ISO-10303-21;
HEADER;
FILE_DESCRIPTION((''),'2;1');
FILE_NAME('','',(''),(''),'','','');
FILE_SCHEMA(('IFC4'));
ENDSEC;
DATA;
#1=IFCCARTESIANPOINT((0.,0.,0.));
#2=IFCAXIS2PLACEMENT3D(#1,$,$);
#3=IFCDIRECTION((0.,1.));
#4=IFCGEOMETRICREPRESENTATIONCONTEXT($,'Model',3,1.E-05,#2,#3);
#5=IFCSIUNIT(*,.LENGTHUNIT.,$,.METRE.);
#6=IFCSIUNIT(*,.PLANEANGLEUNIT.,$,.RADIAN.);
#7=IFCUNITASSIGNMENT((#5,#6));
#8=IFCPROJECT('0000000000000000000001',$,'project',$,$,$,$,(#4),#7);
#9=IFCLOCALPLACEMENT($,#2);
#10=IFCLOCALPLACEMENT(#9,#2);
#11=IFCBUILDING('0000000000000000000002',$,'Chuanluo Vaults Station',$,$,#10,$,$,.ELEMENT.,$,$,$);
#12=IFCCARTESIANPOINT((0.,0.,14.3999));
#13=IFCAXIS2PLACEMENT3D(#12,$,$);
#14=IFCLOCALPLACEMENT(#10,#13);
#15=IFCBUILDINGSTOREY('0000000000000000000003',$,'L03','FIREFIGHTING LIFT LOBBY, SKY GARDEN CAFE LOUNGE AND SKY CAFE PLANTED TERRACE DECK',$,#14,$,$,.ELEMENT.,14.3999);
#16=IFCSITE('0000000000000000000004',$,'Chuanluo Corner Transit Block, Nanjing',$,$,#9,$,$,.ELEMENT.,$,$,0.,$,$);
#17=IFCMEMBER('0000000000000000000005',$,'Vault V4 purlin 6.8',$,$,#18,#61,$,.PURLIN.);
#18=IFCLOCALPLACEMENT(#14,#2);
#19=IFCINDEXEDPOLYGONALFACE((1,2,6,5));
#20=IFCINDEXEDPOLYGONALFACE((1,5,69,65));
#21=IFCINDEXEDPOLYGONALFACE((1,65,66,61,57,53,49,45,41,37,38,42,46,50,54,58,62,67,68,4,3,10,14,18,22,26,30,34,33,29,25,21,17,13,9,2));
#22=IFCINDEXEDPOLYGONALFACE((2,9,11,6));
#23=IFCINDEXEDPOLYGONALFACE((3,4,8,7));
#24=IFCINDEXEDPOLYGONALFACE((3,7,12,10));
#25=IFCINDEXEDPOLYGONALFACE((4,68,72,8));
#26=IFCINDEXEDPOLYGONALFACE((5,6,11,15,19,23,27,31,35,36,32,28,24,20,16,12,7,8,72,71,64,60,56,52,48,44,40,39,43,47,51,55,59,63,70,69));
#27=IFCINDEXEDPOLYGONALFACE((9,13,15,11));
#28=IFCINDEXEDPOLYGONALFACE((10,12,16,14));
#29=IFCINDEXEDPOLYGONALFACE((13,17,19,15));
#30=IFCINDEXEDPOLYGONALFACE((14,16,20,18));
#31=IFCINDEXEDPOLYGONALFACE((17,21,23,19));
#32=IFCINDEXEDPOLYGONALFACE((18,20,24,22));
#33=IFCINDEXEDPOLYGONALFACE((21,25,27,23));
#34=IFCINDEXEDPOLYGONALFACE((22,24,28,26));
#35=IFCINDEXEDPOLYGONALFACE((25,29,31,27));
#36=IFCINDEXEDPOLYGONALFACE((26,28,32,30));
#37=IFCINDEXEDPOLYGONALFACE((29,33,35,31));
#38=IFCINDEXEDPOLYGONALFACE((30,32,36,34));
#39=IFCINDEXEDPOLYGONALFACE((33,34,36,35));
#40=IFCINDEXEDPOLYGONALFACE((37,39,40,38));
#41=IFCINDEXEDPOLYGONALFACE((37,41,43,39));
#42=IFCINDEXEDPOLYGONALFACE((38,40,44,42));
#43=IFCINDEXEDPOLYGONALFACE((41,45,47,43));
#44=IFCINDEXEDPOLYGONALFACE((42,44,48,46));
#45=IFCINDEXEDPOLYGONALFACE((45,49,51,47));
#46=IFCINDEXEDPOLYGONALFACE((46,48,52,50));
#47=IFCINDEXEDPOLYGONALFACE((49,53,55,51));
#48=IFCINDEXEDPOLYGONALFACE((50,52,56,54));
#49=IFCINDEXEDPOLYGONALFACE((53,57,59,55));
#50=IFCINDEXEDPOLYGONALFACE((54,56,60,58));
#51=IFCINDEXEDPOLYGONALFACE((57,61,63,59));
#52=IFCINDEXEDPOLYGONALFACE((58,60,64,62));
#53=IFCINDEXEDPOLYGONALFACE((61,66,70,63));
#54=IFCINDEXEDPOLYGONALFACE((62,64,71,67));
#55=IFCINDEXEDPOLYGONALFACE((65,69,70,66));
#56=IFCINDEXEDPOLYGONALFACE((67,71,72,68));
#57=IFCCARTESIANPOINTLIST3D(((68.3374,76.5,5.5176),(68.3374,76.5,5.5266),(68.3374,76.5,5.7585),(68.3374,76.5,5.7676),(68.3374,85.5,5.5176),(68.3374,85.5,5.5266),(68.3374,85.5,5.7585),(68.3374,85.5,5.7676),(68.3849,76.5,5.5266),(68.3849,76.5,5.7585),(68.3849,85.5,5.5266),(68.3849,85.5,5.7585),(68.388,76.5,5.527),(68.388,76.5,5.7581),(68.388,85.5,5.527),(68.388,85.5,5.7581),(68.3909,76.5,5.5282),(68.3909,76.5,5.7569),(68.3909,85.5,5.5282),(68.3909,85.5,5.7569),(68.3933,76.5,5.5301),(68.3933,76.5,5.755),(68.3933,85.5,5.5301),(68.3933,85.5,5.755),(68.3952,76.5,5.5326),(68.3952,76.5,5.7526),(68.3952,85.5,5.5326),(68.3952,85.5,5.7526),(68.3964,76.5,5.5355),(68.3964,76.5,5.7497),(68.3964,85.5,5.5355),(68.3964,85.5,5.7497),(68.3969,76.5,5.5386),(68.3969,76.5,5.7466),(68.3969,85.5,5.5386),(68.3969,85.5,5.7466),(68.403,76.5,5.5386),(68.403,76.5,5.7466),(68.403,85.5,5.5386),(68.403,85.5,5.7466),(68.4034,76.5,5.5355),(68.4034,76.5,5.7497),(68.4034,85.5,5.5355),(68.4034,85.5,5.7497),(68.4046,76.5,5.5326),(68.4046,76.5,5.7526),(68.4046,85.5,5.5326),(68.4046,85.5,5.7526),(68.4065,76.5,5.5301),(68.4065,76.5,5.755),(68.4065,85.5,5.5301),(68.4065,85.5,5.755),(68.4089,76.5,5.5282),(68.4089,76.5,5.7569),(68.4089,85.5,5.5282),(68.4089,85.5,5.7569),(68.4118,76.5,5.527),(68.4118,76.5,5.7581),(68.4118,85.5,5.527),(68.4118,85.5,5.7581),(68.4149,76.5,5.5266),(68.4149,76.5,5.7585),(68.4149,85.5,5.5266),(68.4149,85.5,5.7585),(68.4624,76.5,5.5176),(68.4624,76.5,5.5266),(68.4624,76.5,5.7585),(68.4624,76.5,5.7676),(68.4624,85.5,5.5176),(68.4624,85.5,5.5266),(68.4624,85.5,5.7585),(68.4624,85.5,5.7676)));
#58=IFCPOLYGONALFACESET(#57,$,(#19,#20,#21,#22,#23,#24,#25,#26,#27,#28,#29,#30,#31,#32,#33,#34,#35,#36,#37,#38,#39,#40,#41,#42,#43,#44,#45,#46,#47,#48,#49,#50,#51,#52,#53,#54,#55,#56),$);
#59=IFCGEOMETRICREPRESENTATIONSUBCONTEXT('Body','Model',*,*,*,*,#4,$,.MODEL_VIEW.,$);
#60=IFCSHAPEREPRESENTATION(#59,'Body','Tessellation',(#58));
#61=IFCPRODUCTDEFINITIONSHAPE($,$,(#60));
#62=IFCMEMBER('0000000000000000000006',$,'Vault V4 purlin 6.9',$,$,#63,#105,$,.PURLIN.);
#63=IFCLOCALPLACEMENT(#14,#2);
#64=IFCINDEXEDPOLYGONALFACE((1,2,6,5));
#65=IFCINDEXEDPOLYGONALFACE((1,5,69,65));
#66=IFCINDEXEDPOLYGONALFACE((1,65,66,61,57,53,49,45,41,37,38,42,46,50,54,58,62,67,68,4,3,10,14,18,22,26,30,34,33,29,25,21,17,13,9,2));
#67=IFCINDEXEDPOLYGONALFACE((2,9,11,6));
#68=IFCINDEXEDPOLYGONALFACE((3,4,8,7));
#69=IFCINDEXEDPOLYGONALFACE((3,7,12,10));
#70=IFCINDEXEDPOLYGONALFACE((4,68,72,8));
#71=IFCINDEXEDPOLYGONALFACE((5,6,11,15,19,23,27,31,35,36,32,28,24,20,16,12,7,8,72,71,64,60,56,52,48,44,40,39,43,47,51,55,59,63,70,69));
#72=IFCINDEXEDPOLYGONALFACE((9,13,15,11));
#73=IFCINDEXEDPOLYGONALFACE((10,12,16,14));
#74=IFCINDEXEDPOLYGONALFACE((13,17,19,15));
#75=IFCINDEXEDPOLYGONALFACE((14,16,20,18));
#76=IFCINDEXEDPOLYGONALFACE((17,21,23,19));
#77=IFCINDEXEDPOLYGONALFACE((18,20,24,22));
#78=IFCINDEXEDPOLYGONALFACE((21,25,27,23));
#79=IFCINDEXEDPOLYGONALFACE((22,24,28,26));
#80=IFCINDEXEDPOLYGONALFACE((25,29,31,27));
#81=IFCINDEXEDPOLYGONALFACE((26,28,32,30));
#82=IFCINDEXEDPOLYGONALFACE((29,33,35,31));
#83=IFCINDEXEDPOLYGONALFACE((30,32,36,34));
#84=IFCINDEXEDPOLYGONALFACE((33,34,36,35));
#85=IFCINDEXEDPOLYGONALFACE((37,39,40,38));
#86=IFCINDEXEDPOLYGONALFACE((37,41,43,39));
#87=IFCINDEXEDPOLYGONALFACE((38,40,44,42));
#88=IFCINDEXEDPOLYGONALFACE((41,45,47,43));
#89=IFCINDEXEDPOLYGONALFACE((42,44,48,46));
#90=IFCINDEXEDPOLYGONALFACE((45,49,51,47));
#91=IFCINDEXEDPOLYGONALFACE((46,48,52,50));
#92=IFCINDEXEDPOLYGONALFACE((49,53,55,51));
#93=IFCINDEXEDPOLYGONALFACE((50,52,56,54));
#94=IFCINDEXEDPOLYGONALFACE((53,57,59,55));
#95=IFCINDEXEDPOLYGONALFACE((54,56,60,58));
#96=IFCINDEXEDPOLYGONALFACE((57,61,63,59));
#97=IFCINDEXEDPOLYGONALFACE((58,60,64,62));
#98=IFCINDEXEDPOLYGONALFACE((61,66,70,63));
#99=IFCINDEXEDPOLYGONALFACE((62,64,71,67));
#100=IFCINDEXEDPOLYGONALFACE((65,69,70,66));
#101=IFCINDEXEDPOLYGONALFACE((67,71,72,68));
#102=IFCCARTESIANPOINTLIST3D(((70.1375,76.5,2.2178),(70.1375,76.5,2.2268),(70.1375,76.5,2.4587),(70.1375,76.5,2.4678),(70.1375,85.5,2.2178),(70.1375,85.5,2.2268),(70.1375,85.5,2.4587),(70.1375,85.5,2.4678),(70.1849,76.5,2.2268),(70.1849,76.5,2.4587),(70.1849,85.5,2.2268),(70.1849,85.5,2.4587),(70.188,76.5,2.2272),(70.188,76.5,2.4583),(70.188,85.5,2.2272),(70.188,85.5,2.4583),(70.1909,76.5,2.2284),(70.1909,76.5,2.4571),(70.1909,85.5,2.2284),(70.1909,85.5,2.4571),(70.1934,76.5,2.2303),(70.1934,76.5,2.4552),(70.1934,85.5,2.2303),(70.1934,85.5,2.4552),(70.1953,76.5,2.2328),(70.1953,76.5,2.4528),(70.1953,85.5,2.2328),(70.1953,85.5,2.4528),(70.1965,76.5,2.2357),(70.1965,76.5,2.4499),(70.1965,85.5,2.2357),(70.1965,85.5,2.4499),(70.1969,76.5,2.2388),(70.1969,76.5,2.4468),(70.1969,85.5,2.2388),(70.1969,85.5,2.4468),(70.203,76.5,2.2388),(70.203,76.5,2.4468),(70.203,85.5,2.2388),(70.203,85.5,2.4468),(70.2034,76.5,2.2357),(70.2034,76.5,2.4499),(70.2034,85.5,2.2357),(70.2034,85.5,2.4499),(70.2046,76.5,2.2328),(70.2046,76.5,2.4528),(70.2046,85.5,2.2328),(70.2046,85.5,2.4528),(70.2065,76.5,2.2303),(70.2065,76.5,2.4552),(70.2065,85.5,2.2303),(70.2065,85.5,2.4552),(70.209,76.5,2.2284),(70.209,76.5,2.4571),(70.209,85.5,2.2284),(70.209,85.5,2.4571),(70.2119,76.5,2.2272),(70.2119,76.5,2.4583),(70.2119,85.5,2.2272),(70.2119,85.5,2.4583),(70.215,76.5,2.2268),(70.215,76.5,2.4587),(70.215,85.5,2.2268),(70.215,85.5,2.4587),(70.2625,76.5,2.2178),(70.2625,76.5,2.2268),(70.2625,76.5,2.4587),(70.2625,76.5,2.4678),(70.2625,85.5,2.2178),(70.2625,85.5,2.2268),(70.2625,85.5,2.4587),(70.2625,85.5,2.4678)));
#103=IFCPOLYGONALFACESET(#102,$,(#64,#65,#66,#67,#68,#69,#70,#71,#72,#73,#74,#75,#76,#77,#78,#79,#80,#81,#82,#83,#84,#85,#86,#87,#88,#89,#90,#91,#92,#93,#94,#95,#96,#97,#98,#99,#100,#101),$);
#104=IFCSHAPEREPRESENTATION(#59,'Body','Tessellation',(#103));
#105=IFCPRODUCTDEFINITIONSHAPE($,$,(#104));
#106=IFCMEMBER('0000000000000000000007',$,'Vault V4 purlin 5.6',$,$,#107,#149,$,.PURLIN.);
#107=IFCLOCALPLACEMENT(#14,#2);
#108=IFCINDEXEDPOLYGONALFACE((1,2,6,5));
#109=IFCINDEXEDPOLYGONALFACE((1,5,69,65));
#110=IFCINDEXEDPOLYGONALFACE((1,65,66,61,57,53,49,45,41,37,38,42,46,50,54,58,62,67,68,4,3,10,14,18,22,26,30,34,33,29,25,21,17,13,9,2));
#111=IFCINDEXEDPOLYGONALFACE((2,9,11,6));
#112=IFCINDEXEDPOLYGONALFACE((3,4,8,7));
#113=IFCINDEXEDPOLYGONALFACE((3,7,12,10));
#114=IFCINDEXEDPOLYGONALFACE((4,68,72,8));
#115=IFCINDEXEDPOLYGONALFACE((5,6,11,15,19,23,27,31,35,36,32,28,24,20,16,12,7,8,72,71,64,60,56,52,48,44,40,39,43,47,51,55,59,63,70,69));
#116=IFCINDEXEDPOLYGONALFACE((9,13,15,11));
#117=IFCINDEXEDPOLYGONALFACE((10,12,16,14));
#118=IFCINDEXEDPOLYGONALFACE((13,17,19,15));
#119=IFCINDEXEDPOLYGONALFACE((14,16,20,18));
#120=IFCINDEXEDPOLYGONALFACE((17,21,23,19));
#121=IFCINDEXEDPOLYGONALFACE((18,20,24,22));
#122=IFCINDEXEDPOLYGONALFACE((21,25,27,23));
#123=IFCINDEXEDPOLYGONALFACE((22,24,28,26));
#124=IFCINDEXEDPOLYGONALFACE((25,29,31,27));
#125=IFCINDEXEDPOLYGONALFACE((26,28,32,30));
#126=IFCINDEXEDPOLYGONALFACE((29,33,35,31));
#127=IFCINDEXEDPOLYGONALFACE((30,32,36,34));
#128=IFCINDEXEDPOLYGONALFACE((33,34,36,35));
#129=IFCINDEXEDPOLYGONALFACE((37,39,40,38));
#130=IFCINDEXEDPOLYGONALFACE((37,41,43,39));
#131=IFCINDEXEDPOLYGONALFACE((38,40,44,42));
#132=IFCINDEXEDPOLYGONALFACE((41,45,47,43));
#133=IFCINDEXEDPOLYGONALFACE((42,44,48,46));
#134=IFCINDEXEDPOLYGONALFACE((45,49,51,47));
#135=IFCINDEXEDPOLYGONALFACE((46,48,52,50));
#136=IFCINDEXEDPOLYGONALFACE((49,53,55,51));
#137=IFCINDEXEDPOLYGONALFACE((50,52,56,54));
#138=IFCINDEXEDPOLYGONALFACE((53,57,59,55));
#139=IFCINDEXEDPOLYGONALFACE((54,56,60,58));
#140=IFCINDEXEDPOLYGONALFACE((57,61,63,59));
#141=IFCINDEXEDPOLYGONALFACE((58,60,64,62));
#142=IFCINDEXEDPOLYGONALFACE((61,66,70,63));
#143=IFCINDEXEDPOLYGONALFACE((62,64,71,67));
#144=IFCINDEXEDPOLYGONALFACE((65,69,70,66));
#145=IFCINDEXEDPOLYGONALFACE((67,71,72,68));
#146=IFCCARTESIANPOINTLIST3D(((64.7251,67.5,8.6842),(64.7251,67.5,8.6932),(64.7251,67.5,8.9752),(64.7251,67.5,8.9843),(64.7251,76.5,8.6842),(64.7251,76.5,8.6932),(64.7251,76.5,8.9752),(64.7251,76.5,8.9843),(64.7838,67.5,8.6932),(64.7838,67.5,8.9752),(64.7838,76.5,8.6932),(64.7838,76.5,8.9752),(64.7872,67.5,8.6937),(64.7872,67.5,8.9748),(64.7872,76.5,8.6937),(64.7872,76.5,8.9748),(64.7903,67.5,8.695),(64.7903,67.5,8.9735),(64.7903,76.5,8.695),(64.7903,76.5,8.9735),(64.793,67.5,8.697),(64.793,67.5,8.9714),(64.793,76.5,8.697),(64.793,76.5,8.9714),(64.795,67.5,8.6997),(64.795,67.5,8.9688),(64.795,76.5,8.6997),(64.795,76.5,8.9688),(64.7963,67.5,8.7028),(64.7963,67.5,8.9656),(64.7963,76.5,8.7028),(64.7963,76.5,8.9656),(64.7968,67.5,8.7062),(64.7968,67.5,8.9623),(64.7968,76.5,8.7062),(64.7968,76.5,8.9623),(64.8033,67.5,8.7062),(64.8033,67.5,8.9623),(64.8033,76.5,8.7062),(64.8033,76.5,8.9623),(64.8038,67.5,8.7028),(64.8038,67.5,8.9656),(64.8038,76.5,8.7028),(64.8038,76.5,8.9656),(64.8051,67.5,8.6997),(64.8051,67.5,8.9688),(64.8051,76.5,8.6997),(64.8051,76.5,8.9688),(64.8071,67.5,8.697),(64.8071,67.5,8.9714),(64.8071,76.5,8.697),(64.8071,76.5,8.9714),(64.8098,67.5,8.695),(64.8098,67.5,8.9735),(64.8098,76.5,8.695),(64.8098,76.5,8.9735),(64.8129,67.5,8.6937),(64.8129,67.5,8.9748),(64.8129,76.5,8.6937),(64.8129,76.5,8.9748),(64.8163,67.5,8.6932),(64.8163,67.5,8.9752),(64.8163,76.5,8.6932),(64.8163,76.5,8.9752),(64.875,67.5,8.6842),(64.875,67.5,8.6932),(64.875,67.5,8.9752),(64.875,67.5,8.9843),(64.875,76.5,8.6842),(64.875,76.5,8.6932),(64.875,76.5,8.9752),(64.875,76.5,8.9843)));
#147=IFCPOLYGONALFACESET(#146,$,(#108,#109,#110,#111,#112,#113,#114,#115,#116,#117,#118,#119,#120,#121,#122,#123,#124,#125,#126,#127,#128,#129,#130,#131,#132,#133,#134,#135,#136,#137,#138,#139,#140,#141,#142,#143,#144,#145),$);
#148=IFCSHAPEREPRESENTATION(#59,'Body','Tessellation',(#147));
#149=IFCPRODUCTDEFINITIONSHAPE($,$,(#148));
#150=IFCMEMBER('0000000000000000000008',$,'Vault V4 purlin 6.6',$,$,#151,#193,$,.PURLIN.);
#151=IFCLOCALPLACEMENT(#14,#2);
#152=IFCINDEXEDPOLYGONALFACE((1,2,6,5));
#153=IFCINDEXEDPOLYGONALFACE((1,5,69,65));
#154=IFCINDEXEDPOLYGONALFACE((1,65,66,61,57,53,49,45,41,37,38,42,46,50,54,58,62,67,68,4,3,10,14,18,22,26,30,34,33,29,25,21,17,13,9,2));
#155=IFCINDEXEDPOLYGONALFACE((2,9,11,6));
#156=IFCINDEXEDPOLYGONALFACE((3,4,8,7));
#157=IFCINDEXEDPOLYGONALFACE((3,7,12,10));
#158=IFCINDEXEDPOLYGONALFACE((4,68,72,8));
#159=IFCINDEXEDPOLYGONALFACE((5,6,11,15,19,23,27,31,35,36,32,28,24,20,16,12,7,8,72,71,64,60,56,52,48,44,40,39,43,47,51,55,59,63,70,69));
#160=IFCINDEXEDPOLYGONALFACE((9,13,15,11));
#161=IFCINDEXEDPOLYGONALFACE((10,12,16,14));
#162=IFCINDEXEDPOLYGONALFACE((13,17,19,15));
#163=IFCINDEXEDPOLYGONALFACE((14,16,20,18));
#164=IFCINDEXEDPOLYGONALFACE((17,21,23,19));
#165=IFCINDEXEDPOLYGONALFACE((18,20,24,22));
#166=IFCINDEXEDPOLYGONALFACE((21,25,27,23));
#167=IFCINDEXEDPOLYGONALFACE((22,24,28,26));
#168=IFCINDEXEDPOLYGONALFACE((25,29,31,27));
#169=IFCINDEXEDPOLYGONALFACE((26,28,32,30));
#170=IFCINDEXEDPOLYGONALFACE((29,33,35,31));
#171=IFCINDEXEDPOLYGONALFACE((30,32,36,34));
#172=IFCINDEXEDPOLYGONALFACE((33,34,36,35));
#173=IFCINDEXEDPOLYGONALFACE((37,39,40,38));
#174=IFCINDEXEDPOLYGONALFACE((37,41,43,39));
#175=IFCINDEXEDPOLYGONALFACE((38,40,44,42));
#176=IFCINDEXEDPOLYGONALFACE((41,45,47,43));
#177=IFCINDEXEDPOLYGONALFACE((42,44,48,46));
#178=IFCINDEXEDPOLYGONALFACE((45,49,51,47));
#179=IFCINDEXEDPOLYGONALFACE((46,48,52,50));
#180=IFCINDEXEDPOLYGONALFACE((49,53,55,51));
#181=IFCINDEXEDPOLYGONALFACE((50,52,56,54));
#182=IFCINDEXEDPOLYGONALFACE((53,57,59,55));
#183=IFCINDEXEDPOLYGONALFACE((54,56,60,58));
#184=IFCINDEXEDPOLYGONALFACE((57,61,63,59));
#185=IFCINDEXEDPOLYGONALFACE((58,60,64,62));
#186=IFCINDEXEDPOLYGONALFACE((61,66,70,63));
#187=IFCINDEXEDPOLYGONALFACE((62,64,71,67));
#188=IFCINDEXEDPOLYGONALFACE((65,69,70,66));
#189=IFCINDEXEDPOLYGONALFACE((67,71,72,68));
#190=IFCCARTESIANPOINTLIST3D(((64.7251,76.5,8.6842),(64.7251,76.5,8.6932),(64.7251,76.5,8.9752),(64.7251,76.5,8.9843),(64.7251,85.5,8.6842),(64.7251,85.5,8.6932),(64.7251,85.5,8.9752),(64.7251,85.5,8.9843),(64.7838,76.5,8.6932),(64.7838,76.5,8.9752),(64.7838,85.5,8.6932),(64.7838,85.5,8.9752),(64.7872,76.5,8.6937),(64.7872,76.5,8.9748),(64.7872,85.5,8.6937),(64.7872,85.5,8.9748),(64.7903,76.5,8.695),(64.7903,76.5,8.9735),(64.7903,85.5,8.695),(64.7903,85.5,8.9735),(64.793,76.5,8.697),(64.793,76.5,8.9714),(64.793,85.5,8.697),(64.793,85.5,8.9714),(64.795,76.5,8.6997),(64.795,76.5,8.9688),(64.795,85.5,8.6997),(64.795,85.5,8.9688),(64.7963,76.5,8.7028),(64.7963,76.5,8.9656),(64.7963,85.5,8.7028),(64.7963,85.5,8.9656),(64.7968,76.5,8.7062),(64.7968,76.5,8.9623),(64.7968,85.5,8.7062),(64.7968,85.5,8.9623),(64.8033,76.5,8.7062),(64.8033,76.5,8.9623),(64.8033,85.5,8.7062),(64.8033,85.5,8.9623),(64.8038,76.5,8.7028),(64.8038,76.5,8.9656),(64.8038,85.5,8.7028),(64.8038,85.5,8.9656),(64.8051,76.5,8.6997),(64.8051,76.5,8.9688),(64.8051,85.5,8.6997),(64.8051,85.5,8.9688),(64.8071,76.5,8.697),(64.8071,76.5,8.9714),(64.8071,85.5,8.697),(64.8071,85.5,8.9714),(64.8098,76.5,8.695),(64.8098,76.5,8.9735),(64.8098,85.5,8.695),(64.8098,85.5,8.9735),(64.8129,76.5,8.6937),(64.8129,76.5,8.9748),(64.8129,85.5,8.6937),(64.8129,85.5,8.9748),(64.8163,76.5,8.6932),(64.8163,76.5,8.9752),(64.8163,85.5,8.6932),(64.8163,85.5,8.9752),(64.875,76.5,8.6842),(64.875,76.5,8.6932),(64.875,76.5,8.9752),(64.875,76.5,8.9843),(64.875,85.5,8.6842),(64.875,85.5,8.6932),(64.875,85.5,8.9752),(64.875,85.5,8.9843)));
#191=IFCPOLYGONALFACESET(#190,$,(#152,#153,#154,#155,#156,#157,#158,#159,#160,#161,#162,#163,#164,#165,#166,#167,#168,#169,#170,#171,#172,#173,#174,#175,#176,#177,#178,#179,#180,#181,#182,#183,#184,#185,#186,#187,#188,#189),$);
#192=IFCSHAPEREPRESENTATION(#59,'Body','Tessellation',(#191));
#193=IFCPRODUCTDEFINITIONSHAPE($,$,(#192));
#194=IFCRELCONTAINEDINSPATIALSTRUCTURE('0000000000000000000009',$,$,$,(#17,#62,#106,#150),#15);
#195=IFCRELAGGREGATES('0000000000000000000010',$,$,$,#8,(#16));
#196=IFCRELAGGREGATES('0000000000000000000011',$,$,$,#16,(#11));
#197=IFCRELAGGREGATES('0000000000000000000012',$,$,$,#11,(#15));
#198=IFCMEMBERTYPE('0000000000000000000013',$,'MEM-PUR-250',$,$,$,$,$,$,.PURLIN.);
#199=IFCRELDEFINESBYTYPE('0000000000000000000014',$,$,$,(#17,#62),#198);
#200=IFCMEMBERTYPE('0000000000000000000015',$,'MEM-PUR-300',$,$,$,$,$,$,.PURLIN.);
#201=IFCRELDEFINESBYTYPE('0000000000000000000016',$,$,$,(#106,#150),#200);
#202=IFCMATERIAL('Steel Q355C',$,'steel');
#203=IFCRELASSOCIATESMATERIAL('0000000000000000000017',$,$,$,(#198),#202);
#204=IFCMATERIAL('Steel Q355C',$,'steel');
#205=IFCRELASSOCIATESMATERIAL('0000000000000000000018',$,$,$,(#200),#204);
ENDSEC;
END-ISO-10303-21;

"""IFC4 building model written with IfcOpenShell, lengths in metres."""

from ifc_helpers import new_model, si_unit, direction, frame, origin, origin_2d, place, context, subcontext, project, spatial, i_section, extrude, material, material_profile, profile_set, type_object, element, save


model = new_model("IFC4")

# Units and contexts
model_context = context("Model", 3, precision=1e-05, world=origin(), true_north=direction((0.0, 1.0)))
body_context = subcontext(model_context, "Body", "Model", "MODEL_VIEW")
ifc_project = project(units=[si_unit("LENGTHUNIT", "METRE"), si_unit("PLANEANGLEUNIT", "RADIAN")], contexts=[model_context])

# Site, building, storey
site_placement = place(None, origin())
site = spatial("IfcSite", under=ifc_project, at=site_placement, Name="Chuanluo Corner Transit Block, Nanjing", CompositionType="ELEMENT", RefElevation=0.0)
building_placement = place(site_placement, origin())
building = spatial("IfcBuilding", under=site, at=building_placement, Name="Chuanluo Vaults Station", CompositionType="ELEMENT")
storey_placement = place(building_placement, frame((0.0, 0.0, 14.3999)))
storey = spatial("IfcBuildingStorey", under=building, at=storey_placement, Name="L03", Description="FIREFIGHTING LIFT LOBBY, SKY GARDEN CAFE LOUNGE AND SKY CAFE PLANTED TERRACE DECK", CompositionType="ELEMENT", Elevation=14.3999)

# Members
ifc_material_1 = material(Name="Steel Q355C", Category="steel")
ifc_material_profile_1 = material_profile(ifc_material_1, i_section(OverallWidth=0.125, OverallDepth=0.25, WebThickness=0.0061, FlangeThickness=0.009, FilletRadius=0.012, at=origin_2d()))
ifc_profile_set_1 = profile_set([ifc_material_profile_1], Name="Steel Q355C")
member_type_1 = type_object("IfcMemberType", Name="MEM-PUR-250", PredefinedType="PURLIN", material=ifc_profile_set_1)
for number, where, z_axis, x_axis, name in (
    (1, (68.3999, 76.5, 5.6426), (0.0, 1.0, 0.0), (-1.0, 0.0, 0.0), "Vault V4 purlin 6.8"),
    (2, (70.2, 76.5, 2.3428), (0.0, 1.0, 0.0), (-1.0, 0.0, 0.0), "Vault V4 purlin 6.9"),
):
    element("IfcMember", number, at=place(storey_placement, frame(where, z_axis=z_axis, x_axis=x_axis)), inside=storey, type_object=member_type_1, Name=name, PredefinedType="PURLIN", context=body_context, shape_type="SweptSolid", body=[
        extrude(i_section(OverallWidth=0.125, OverallDepth=0.25, WebThickness=0.0061, FlangeThickness=0.009, FilletRadius=0.012, at=origin_2d()), origin(), (0.0, 0.0, 1.0), 9.0),
    ])
ifc_material_2 = material(Name="Steel Q355C", Category="steel")
ifc_material_profile_2 = material_profile(ifc_material_2, i_section(OverallWidth=0.1499, OverallDepth=0.3, WebThickness=0.0066, FlangeThickness=0.009, FilletRadius=0.0129, at=origin_2d()))
ifc_profile_set_2 = profile_set([ifc_material_profile_2], Name="Steel Q355C")
member_type_2 = type_object("IfcMemberType", Name="MEM-PUR-300", PredefinedType="PURLIN", material=ifc_profile_set_2)
for number, where, z_axis, x_axis, name in (
    (3, (64.8, 67.5, 8.8342), (0.0, 1.0, 0.0), (-1.0, 0.0, 0.0), "Vault V4 purlin 5.6"),
    (4, (64.8, 76.5, 8.8342), (0.0, 1.0, 0.0), (-1.0, 0.0, 0.0), "Vault V4 purlin 6.6"),
):
    element("IfcMember", number, at=place(storey_placement, frame(where, z_axis=z_axis, x_axis=x_axis)), inside=storey, type_object=member_type_2, Name=name, PredefinedType="PURLIN", context=body_context, shape_type="SweptSolid", body=[
        extrude(i_section(OverallWidth=0.1499, OverallDepth=0.3, WebThickness=0.0066, FlangeThickness=0.009, FilletRadius=0.0129, at=origin_2d()), origin(), (0.0, 0.0, 1.0), 9.0),
    ])

save(model, "model.ifc")
